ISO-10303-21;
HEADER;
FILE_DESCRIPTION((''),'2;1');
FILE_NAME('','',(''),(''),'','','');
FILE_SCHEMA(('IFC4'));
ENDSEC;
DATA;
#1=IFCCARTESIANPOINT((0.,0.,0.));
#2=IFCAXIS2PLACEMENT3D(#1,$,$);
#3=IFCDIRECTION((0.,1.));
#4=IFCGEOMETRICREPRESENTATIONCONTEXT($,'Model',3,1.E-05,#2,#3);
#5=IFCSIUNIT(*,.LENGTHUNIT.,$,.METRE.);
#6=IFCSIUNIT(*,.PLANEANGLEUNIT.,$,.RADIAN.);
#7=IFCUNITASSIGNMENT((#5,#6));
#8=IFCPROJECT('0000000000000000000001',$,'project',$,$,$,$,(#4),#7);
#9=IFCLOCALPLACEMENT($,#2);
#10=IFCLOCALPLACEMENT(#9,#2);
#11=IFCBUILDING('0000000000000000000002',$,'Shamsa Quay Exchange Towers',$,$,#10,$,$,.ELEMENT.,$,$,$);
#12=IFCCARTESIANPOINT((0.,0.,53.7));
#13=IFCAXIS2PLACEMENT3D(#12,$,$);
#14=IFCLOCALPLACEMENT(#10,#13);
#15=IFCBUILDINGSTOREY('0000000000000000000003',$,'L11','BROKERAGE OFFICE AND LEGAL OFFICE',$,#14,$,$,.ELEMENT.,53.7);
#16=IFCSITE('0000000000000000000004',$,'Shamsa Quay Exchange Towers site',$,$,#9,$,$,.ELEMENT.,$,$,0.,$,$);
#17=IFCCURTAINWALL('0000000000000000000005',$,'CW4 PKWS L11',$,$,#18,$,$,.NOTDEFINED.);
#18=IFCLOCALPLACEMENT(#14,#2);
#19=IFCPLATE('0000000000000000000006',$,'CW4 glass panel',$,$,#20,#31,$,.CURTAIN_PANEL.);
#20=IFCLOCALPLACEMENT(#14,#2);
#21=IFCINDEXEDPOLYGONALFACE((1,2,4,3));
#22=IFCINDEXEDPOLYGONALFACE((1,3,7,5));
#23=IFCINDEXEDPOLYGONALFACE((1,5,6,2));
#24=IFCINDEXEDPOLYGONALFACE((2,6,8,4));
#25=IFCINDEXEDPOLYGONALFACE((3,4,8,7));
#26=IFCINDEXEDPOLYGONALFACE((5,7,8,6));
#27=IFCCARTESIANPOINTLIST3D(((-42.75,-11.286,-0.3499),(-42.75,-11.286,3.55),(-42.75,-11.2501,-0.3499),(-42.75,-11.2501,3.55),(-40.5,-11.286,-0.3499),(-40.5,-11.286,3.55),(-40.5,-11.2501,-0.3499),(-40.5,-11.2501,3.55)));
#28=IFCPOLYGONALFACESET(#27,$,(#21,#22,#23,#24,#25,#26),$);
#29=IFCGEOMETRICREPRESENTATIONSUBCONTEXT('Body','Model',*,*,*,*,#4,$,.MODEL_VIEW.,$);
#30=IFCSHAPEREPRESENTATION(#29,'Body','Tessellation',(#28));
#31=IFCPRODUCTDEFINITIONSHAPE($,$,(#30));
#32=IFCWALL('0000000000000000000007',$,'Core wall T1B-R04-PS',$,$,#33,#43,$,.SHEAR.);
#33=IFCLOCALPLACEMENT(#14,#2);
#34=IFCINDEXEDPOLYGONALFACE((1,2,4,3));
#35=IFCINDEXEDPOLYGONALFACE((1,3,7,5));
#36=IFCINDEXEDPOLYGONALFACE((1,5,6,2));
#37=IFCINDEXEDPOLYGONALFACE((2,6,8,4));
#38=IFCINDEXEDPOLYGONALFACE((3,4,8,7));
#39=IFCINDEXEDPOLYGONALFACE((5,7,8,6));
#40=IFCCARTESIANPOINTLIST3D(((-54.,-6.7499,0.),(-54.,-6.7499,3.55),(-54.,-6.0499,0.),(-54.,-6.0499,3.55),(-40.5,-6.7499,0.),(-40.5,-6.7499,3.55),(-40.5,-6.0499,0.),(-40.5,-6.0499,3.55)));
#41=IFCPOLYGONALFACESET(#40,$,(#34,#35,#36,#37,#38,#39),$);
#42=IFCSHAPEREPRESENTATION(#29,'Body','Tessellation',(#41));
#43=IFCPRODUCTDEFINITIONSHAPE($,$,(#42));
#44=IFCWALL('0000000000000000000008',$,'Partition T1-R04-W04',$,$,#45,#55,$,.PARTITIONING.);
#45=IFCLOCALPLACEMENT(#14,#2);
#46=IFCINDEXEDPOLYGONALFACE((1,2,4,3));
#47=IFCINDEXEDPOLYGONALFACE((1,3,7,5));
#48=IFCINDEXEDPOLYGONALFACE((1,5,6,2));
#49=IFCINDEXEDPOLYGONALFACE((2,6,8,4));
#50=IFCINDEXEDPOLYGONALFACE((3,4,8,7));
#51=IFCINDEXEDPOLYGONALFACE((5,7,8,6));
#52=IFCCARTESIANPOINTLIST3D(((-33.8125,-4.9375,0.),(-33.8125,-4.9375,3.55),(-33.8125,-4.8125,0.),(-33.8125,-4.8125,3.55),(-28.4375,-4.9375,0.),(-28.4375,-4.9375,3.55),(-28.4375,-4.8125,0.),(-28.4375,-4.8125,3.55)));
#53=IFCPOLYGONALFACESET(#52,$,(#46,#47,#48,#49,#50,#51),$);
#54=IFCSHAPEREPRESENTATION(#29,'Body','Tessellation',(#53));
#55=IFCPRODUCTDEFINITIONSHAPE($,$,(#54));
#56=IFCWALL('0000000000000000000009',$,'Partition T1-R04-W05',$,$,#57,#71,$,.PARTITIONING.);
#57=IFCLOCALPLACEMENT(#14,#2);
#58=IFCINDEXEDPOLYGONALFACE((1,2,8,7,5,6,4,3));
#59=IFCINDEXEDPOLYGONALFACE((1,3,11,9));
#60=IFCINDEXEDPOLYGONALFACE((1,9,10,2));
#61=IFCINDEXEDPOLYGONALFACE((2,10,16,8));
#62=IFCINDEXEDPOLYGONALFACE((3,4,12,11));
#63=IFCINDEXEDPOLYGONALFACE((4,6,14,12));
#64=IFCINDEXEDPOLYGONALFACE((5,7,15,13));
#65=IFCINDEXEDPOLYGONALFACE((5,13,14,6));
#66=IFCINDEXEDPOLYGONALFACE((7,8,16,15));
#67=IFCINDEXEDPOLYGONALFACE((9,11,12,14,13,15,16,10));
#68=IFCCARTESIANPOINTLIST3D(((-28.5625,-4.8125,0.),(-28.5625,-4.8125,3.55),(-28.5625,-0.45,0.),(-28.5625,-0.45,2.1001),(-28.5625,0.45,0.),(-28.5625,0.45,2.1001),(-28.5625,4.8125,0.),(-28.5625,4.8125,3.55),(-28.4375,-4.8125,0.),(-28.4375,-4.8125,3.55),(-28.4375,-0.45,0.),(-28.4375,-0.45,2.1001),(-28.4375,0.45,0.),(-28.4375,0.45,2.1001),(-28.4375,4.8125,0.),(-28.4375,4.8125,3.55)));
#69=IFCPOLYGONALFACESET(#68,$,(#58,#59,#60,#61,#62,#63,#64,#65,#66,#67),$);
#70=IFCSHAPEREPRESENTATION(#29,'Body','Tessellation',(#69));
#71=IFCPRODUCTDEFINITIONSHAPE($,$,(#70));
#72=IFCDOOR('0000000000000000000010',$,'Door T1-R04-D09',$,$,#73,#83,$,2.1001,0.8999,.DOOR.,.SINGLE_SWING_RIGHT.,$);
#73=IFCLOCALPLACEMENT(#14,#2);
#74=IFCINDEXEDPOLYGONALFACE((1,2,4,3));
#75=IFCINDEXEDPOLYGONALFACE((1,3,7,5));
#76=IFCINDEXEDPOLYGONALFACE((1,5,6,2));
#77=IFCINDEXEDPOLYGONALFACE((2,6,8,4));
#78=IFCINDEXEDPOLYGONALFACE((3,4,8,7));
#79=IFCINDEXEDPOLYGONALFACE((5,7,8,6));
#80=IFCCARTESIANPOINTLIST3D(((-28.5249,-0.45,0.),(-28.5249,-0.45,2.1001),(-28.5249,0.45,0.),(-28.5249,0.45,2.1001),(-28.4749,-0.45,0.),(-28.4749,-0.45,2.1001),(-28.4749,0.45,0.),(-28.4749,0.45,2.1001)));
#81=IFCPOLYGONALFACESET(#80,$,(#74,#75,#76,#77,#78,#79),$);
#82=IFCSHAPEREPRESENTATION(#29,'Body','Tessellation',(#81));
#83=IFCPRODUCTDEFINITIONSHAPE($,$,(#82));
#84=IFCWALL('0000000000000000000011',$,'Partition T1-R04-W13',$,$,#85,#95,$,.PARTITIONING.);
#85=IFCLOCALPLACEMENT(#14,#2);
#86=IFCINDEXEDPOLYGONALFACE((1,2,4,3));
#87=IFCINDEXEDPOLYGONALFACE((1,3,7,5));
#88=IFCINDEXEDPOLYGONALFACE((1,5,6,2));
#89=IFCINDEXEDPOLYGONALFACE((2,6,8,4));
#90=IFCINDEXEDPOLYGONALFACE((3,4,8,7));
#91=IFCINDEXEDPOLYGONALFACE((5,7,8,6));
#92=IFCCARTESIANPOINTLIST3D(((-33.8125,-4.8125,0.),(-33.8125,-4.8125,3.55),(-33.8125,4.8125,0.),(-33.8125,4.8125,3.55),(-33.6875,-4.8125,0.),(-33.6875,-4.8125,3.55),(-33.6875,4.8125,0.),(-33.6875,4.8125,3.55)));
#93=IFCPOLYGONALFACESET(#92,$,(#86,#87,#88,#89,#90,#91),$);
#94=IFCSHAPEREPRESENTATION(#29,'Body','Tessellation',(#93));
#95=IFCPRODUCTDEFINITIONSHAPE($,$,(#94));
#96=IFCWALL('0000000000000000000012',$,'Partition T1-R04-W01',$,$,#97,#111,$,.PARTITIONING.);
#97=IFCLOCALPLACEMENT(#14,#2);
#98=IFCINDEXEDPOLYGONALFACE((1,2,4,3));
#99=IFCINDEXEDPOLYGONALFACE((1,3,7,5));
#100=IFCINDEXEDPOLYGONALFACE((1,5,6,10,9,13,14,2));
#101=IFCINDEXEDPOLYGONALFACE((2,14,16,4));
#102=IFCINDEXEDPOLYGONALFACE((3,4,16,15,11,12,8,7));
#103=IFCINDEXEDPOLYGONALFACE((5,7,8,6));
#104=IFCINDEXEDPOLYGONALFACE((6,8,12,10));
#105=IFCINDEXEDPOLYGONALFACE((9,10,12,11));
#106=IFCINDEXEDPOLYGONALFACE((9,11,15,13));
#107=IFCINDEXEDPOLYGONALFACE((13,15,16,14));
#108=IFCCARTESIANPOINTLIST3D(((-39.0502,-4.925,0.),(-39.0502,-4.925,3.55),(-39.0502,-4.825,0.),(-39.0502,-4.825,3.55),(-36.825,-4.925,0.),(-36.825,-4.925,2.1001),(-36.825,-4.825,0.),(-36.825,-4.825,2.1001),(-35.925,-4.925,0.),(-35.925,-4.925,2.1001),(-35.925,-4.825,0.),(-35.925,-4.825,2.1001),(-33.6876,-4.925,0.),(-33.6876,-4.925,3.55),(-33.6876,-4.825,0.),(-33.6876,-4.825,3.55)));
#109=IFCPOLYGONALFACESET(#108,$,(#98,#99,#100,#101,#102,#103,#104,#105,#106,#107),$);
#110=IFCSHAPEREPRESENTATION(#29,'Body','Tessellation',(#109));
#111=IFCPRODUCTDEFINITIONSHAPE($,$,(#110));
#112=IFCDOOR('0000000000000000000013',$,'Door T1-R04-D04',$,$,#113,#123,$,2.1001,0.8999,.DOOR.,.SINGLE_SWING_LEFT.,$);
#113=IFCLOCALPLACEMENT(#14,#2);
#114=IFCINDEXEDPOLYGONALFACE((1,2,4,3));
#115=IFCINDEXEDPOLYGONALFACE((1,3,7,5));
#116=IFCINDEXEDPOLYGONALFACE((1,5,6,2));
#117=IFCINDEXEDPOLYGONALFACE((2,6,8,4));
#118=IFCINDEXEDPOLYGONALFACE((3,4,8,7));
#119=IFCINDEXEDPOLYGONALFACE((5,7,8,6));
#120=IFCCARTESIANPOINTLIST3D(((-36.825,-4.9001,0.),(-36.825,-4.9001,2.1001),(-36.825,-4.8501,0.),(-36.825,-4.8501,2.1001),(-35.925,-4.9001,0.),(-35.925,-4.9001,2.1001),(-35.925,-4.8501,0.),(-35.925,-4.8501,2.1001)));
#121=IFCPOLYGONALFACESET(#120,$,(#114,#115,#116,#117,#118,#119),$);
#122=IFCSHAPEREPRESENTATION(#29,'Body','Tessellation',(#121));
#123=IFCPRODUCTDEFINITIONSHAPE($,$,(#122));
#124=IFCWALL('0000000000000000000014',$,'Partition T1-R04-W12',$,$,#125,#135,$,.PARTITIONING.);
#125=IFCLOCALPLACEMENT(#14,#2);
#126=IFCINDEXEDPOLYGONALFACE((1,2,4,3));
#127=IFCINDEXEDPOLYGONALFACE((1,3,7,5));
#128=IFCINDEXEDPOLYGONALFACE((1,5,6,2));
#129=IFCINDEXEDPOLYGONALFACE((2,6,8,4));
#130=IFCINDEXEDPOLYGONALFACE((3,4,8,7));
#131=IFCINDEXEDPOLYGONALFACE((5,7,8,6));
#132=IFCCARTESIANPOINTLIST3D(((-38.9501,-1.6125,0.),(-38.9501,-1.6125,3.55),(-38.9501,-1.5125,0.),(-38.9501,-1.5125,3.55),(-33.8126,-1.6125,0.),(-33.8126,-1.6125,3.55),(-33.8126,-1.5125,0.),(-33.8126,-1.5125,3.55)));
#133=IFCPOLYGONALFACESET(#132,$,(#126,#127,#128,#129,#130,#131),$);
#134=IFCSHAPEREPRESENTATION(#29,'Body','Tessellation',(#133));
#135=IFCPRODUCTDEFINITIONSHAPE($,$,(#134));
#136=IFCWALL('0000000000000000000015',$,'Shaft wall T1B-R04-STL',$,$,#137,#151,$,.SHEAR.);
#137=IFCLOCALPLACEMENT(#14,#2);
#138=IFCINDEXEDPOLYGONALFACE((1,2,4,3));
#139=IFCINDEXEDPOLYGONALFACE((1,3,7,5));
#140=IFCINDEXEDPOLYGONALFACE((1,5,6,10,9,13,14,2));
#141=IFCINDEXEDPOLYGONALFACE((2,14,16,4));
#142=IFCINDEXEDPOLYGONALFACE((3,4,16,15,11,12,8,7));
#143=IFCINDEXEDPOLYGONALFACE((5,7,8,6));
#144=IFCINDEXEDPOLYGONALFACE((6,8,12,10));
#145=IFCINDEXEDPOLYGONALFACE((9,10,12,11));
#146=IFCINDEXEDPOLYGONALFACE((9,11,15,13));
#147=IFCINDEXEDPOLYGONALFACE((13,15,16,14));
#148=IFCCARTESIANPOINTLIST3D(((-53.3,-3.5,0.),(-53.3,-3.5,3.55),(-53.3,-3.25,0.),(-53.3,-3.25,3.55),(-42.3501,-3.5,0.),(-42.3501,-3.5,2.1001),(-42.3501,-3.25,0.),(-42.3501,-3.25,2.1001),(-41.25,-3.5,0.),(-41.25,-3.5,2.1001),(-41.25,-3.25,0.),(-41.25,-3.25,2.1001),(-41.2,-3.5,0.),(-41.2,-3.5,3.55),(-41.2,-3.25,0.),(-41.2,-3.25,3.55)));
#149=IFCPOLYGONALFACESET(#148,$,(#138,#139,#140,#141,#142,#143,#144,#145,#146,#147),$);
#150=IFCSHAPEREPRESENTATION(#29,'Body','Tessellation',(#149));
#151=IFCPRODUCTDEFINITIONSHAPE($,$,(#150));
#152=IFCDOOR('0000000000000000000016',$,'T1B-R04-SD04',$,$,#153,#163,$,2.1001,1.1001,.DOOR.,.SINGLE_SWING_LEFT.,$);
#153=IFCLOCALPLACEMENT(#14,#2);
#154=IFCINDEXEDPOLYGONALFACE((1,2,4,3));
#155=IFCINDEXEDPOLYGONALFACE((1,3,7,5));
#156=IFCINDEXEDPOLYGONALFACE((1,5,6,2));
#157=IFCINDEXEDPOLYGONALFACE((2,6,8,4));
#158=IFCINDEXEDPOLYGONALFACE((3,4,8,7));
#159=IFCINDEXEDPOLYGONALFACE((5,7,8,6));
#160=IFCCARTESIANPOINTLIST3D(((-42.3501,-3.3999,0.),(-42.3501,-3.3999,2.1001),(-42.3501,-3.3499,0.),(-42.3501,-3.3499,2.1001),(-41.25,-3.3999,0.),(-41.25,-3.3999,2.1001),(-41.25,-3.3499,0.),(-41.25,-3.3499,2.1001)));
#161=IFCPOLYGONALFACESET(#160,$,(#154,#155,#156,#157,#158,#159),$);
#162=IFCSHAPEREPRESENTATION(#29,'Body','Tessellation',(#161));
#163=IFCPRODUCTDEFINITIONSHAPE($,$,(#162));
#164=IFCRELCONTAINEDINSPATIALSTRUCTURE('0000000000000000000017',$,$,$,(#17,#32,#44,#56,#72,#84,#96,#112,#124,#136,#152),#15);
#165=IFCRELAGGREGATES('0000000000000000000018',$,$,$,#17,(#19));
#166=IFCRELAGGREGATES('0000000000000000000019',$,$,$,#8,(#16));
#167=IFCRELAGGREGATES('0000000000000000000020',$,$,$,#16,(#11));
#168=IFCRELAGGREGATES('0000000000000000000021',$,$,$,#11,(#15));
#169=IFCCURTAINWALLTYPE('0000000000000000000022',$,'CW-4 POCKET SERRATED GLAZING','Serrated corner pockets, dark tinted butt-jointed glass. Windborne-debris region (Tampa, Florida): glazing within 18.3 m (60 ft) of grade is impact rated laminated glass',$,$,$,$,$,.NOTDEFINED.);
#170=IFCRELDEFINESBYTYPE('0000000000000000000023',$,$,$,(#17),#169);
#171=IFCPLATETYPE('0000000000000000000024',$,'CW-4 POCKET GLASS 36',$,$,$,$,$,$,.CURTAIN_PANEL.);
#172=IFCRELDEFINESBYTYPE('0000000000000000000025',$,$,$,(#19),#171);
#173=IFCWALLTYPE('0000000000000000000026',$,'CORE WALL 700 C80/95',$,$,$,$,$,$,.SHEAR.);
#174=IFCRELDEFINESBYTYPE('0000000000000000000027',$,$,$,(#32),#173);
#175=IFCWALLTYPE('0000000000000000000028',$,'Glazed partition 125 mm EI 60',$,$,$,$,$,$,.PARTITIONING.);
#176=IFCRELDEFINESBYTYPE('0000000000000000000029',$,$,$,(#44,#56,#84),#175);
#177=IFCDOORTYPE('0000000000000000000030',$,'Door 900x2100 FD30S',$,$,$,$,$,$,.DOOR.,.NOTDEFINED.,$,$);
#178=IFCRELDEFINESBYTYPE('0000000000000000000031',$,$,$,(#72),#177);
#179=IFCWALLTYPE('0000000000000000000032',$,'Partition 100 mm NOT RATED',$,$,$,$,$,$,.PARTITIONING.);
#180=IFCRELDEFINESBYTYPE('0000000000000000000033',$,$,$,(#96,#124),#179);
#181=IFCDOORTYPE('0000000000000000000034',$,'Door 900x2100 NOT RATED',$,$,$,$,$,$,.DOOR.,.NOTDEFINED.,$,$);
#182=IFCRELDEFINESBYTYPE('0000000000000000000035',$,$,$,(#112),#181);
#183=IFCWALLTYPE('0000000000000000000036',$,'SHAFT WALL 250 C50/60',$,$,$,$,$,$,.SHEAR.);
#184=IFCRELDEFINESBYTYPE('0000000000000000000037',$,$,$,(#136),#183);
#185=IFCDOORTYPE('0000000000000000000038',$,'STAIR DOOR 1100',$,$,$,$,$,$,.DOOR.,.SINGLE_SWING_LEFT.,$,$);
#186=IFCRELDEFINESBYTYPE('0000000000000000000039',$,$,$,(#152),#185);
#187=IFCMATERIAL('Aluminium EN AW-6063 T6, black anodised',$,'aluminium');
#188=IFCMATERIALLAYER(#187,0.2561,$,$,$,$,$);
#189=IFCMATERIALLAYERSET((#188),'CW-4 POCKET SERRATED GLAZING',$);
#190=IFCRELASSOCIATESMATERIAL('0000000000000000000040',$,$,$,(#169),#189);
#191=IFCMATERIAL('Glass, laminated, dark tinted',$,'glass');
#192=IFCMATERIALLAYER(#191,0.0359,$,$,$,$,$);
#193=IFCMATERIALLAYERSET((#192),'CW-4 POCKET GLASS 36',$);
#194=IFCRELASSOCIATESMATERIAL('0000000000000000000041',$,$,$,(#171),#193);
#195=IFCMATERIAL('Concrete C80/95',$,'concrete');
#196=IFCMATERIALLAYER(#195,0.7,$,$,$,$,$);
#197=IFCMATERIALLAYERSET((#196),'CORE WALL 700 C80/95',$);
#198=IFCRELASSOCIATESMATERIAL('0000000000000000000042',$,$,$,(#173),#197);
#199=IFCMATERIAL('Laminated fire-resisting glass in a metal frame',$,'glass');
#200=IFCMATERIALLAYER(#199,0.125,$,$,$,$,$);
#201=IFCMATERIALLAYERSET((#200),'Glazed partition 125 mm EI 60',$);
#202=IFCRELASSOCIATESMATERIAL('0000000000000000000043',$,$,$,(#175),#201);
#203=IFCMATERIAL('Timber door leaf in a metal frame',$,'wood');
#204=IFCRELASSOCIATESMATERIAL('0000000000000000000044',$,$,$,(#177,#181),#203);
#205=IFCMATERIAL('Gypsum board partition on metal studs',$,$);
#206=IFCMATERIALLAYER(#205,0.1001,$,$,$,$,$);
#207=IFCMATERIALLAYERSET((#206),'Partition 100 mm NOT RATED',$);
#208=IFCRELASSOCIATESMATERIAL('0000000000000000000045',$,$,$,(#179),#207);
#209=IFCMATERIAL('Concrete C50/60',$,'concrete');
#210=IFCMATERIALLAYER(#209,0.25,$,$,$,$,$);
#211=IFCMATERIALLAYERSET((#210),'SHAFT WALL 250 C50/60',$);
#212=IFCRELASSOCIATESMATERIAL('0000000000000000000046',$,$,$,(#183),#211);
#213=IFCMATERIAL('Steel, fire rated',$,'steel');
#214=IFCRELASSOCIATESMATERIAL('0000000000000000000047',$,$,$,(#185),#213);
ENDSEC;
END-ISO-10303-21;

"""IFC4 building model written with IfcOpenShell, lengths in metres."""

from ifc_helpers import new_model, si_unit, direction, frame, frame_2d, origin, origin_2d, place, context, subcontext, project, spatial, rectangle, extrude, material, layer, layer_set, type_object, element, fill, aggregate, save


model = new_model("IFC4")

# Units and contexts
model_context = context("Model", 3, precision=1e-05, world=origin(), true_north=direction((0.0, 1.0)))
body_context = subcontext(model_context, "Body", "Model", "MODEL_VIEW")
ifc_project = project(units=[si_unit("LENGTHUNIT", "METRE"), si_unit("PLANEANGLEUNIT", "RADIAN")], contexts=[model_context])

# Site, building, storey
site_placement = place(None, origin())
site = spatial("IfcSite", under=ifc_project, at=site_placement, Name="Shamsa Quay Exchange Towers site", CompositionType="ELEMENT", RefElevation=0.0)
building_placement = place(site_placement, origin())
building = spatial("IfcBuilding", under=site, at=building_placement, Name="Shamsa Quay Exchange Towers", CompositionType="ELEMENT")
storey_placement = place(building_placement, frame((0.0, 0.0, 53.7)))
storey = spatial("IfcBuildingStorey", under=building, at=storey_placement, Name="L11", Description="BROKERAGE OFFICE AND LEGAL OFFICE", CompositionType="ELEMENT", Elevation=53.7)

# Shared definitions
ifc_material_1 = material(Name="Aluminium EN AW-6063 T6, black anodised", Category="aluminium")

# Shared definitions
ifc_material_2 = material(Name="Glass, laminated, dark tinted", Category="glass")

# Curtain wall, plate
ifc_layer_1 = layer(ifc_material_1, 0.2561)
ifc_layer_set_1 = layer_set([ifc_layer_1], Name="CW-4 POCKET SERRATED GLAZING")
curtain_wall_type_1 = type_object("IfcCurtainWallType", Name="CW-4 POCKET SERRATED GLAZING", Description="Serrated corner pockets, dark tinted butt-jointed glass. Windborne-debris region (Tampa, Florida): glazing within 18.3 m (60 ft) of grade is impact rated laminated glass", PredefinedType="NOTDEFINED", material=ifc_layer_set_1)
curtain_wall_1_placement = place(storey_placement, origin())
curtain_wall_1 = element("IfcCurtainWall", 1, at=curtain_wall_1_placement, inside=storey, type_object=curtain_wall_type_1, Name="CW4 PKWS L11", PredefinedType="NOTDEFINED")
ifc_layer_2 = layer(ifc_material_2, 0.0359)
ifc_layer_set_2 = layer_set([ifc_layer_2], Name="CW-4 POCKET GLASS 36")
plate_type_1 = type_object("IfcPlateType", Name="CW-4 POCKET GLASS 36", PredefinedType="CURTAIN_PANEL", material=ifc_layer_set_2)
plate_1_placement = place(storey_placement, frame((-41.625, -11.2681, -0.3499)))
plate_1 = element("IfcPlate", 2, at=plate_1_placement, type_object=plate_type_1, Name="CW4 glass panel", PredefinedType="CURTAIN_PANEL", context=body_context, shape_type="SweptSolid", body=[
    extrude(rectangle(XDim=2.25, YDim=0.0359, at=origin_2d()), origin(), (0.0, 0.0, 1.0), 3.8999),
])
aggregate(curtain_wall_1, [plate_1])

# Wall
ifc_material_3 = material(Name="Concrete C80/95", Category="concrete")
ifc_layer_3 = layer(ifc_material_3, 0.7)
ifc_layer_set_3 = layer_set([ifc_layer_3], Name="CORE WALL 700 C80/95")
wall_type_1 = type_object("IfcWallType", Name="CORE WALL 700 C80/95", PredefinedType="SHEAR", material=ifc_layer_set_3)
wall_1_placement = place(storey_placement, frame((-40.5, -6.3999, 0.0), z_axis=(0.0, 0.0, 1.0), x_axis=(-1.0, 0.0, 0.0)))
element("IfcWall", 3, at=wall_1_placement, inside=storey, type_object=wall_type_1, Name="Core wall T1B-R04-PS", PredefinedType="SHEAR", context=body_context, shape_type="SweptSolid", body=[
    extrude(rectangle(XDim=13.5, YDim=0.7, at=frame_2d((6.75, 0.0))), origin(), (0.0, 0.0, 1.0), 3.55),
])

# Shared definitions
ifc_material_4 = material(Name="Steel, fire rated", Category="steel")

# Wall
ifc_material_5 = material(Name="Laminated fire-resisting glass in a metal frame", Category="glass")
ifc_layer_4 = layer(ifc_material_5, 0.125)
ifc_layer_set_4 = layer_set([ifc_layer_4], Name="Glazed partition 125 mm EI 60")
wall_type_2 = type_object("IfcWallType", Name="Glazed partition 125 mm EI 60", PredefinedType="PARTITIONING", material=ifc_layer_set_4)
wall_2_placement = place(storey_placement, frame((-33.8125, -4.875, 0.0)))
element("IfcWall", 4, at=wall_2_placement, inside=storey, type_object=wall_type_2, Name="Partition T1-R04-W04", PredefinedType="PARTITIONING", context=body_context, shape_type="SweptSolid", body=[
    extrude(rectangle(XDim=5.375, YDim=0.125, at=frame_2d((2.6875, 0.0))), origin(), (0.0, 0.0, 1.0), 3.55),
])

# Wall, opening, door
wall_3_placement = place(storey_placement, frame((-28.5, -4.8125, 0.0), z_axis=(0.0, 0.0, 1.0), x_axis=(0.0, 1.0, 0.0)))
wall_3 = element("IfcWall", 5, at=wall_3_placement, inside=storey, type_object=wall_type_2, Name="Partition T1-R04-W05", PredefinedType="PARTITIONING", context=body_context, shape_type="SweptSolid", body=[
    extrude(rectangle(XDim=9.625, YDim=0.125, at=frame_2d((4.8125, 0.0))), origin(), (0.0, 0.0, 1.0), 3.55),
])
opening_1_placement = place(wall_3_placement, frame((4.3625, 0.0, 0.0)))
opening_1 = element("IfcOpeningElement", 6, at=opening_1_placement, cuts=wall_3, PredefinedType="OPENING", context=body_context, shape_type="SweptSolid", body=[
    extrude(rectangle(XDim=0.8999, YDim=2.1001, at=frame_2d((0.45, 1.05))), frame((0.0, 0.0725, 0.0), z_axis=(0.0, -1.0, 0.0), x_axis=(1.0, 0.0, 0.0)), (0.0, 0.0, 1.0), 0.145),
])
ifc_material_6 = material(Name="Timber door leaf in a metal frame", Category="wood")
door_type_1 = type_object("IfcDoorType", Name="Door 900x2100 FD30S", OperationType="NOTDEFINED", PredefinedType="DOOR", material=ifc_material_6)
door_1_placement = place(opening_1_placement, origin())
door_1 = element("IfcDoor", 7, at=door_1_placement, inside=storey, type_object=door_type_1, Name="Door T1-R04-D09", OperationType="SINGLE_SWING_RIGHT", OverallHeight=2.1001, OverallWidth=0.8999, PredefinedType="DOOR", context=body_context, shape_type="SweptSolid", body=[
    extrude(rectangle(XDim=0.8999, YDim=2.1001, at=frame_2d((0.45, 1.05))), frame((0.0, 0.0249, 0.0), z_axis=(0.0, -1.0, 0.0), x_axis=(1.0, 0.0, 0.0)), (0.0, 0.0, 1.0), 0.05),
])
fill(opening_1, door_1)

# Wall
wall_4_placement = place(storey_placement, frame((-33.75, -4.8125, 0.0), z_axis=(0.0, 0.0, 1.0), x_axis=(0.0, 1.0, 0.0)))
element("IfcWall", 8, at=wall_4_placement, inside=storey, type_object=wall_type_2, Name="Partition T1-R04-W13", PredefinedType="PARTITIONING", context=body_context, shape_type="SweptSolid", body=[
    extrude(rectangle(XDim=9.625, YDim=0.125, at=frame_2d((4.8125, 0.0))), origin(), (0.0, 0.0, 1.0), 3.55),
])

# Wall, opening, door
ifc_material_7 = material(Name="Gypsum board partition on metal studs")
ifc_layer_5 = layer(ifc_material_7, 0.1001)
ifc_layer_set_5 = layer_set([ifc_layer_5], Name="Partition 100 mm NOT RATED")
wall_type_3 = type_object("IfcWallType", Name="Partition 100 mm NOT RATED", PredefinedType="PARTITIONING", material=ifc_layer_set_5)
wall_5_placement = place(storey_placement, frame((-39.05, -4.875, 0.0)))
wall_5 = element("IfcWall", 9, at=wall_5_placement, inside=storey, type_object=wall_type_3, Name="Partition T1-R04-W01", PredefinedType="PARTITIONING", context=body_context, shape_type="SweptSolid", body=[
    extrude(rectangle(XDim=5.3625, YDim=0.1001, at=frame_2d((2.6812, 0.0))), origin(), (0.0, 0.0, 1.0), 3.55),
])
opening_2_placement = place(wall_5_placement, frame((2.2251, 0.0, 0.0)))
opening_2 = element("IfcOpeningElement", 10, at=opening_2_placement, cuts=wall_5, PredefinedType="OPENING", context=body_context, shape_type="SweptSolid", body=[
    extrude(rectangle(XDim=0.8999, YDim=2.1001, at=frame_2d((0.45, 1.05))), frame((0.0, 0.0601, 0.0), z_axis=(0.0, -1.0, 0.0), x_axis=(1.0, 0.0, 0.0)), (0.0, 0.0, 1.0), 0.1201),
])
door_type_2 = type_object("IfcDoorType", Name="Door 900x2100 NOT RATED", OperationType="NOTDEFINED", PredefinedType="DOOR", material=ifc_material_6)
door_2_placement = place(opening_2_placement, origin())
door_2 = element("IfcDoor", 11, at=door_2_placement, inside=storey, type_object=door_type_2, Name="Door T1-R04-D04", OperationType="SINGLE_SWING_LEFT", OverallHeight=2.1001, OverallWidth=0.8999, PredefinedType="DOOR", context=body_context, shape_type="SweptSolid", body=[
    extrude(rectangle(XDim=0.8999, YDim=2.1001, at=frame_2d((0.45, 1.05))), frame((0.0, 0.0249, 0.0), z_axis=(0.0, -1.0, 0.0), x_axis=(1.0, 0.0, 0.0)), (0.0, 0.0, 1.0), 0.05),
])
fill(opening_2, door_2)

# Wall
wall_6_placement = place(storey_placement, frame((-33.8125, -1.5625, 0.0), z_axis=(0.0, 0.0, 1.0), x_axis=(-1.0, 0.0, 0.0)))
element("IfcWall", 12, at=wall_6_placement, inside=storey, type_object=wall_type_3, Name="Partition T1-R04-W12", PredefinedType="PARTITIONING", context=body_context, shape_type="SweptSolid", body=[
    extrude(rectangle(XDim=5.1375, YDim=0.1001, at=frame_2d((2.5688, 0.0))), origin(), (0.0, 0.0, 1.0), 3.55),
])

# Wall, opening, door
ifc_material_8 = material(Name="Concrete C50/60", Category="concrete")
ifc_layer_6 = layer(ifc_material_8, 0.25)
ifc_layer_set_6 = layer_set([ifc_layer_6], Name="SHAFT WALL 250 C50/60")
wall_type_4 = type_object("IfcWallType", Name="SHAFT WALL 250 C50/60", PredefinedType="SHEAR", material=ifc_layer_set_6)
wall_7_placement = place(storey_placement, frame((-41.2, -3.375, 0.0), z_axis=(0.0, 0.0, 1.0), x_axis=(-1.0, 0.0, 0.0)))
wall_7 = element("IfcWall", 13, at=wall_7_placement, inside=storey, type_object=wall_type_4, Name="Shaft wall T1B-R04-STL", PredefinedType="SHEAR", context=body_context, shape_type="SweptSolid", body=[
    extrude(rectangle(XDim=12.1001, YDim=0.25, at=frame_2d((6.05, 0.0))), origin(), (0.0, 0.0, 1.0), 3.55),
])
opening_3_placement = place(wall_7_placement, frame((0.05, 0.0, 0.0)))
opening_3 = element("IfcOpeningElement", 14, at=opening_3_placement, cuts=wall_7, PredefinedType="OPENING", context=body_context, shape_type="SweptSolid", body=[
    extrude(rectangle(XDim=1.1001, YDim=2.1001, at=frame_2d((0.55, 1.05))), frame((0.0, 0.135, 0.0), z_axis=(0.0, -1.0, 0.0), x_axis=(1.0, 0.0, 0.0)), (0.0, 0.0, 1.0), 0.27),
])
door_type_3 = type_object("IfcDoorType", Name="STAIR DOOR 1100", OperationType="SINGLE_SWING_LEFT", PredefinedType="DOOR", material=ifc_material_4)
door_3_placement = place(opening_3_placement, origin())
door_3 = element("IfcDoor", 15, at=door_3_placement, inside=storey, type_object=door_type_3, Name="T1B-R04-SD04", OperationType="SINGLE_SWING_LEFT", OverallHeight=2.1001, OverallWidth=1.1001, PredefinedType="DOOR", context=body_context, shape_type="SweptSolid", body=[
    extrude(rectangle(XDim=1.1001, YDim=2.1001, at=frame_2d((0.55, 1.05))), frame((0.0, 0.0249, 0.0), z_axis=(0.0, -1.0, 0.0), x_axis=(1.0, 0.0, 0.0)), (0.0, 0.0, 1.0), 0.05),
])
fill(opening_3, door_3)

save(model, "model.ifc")
